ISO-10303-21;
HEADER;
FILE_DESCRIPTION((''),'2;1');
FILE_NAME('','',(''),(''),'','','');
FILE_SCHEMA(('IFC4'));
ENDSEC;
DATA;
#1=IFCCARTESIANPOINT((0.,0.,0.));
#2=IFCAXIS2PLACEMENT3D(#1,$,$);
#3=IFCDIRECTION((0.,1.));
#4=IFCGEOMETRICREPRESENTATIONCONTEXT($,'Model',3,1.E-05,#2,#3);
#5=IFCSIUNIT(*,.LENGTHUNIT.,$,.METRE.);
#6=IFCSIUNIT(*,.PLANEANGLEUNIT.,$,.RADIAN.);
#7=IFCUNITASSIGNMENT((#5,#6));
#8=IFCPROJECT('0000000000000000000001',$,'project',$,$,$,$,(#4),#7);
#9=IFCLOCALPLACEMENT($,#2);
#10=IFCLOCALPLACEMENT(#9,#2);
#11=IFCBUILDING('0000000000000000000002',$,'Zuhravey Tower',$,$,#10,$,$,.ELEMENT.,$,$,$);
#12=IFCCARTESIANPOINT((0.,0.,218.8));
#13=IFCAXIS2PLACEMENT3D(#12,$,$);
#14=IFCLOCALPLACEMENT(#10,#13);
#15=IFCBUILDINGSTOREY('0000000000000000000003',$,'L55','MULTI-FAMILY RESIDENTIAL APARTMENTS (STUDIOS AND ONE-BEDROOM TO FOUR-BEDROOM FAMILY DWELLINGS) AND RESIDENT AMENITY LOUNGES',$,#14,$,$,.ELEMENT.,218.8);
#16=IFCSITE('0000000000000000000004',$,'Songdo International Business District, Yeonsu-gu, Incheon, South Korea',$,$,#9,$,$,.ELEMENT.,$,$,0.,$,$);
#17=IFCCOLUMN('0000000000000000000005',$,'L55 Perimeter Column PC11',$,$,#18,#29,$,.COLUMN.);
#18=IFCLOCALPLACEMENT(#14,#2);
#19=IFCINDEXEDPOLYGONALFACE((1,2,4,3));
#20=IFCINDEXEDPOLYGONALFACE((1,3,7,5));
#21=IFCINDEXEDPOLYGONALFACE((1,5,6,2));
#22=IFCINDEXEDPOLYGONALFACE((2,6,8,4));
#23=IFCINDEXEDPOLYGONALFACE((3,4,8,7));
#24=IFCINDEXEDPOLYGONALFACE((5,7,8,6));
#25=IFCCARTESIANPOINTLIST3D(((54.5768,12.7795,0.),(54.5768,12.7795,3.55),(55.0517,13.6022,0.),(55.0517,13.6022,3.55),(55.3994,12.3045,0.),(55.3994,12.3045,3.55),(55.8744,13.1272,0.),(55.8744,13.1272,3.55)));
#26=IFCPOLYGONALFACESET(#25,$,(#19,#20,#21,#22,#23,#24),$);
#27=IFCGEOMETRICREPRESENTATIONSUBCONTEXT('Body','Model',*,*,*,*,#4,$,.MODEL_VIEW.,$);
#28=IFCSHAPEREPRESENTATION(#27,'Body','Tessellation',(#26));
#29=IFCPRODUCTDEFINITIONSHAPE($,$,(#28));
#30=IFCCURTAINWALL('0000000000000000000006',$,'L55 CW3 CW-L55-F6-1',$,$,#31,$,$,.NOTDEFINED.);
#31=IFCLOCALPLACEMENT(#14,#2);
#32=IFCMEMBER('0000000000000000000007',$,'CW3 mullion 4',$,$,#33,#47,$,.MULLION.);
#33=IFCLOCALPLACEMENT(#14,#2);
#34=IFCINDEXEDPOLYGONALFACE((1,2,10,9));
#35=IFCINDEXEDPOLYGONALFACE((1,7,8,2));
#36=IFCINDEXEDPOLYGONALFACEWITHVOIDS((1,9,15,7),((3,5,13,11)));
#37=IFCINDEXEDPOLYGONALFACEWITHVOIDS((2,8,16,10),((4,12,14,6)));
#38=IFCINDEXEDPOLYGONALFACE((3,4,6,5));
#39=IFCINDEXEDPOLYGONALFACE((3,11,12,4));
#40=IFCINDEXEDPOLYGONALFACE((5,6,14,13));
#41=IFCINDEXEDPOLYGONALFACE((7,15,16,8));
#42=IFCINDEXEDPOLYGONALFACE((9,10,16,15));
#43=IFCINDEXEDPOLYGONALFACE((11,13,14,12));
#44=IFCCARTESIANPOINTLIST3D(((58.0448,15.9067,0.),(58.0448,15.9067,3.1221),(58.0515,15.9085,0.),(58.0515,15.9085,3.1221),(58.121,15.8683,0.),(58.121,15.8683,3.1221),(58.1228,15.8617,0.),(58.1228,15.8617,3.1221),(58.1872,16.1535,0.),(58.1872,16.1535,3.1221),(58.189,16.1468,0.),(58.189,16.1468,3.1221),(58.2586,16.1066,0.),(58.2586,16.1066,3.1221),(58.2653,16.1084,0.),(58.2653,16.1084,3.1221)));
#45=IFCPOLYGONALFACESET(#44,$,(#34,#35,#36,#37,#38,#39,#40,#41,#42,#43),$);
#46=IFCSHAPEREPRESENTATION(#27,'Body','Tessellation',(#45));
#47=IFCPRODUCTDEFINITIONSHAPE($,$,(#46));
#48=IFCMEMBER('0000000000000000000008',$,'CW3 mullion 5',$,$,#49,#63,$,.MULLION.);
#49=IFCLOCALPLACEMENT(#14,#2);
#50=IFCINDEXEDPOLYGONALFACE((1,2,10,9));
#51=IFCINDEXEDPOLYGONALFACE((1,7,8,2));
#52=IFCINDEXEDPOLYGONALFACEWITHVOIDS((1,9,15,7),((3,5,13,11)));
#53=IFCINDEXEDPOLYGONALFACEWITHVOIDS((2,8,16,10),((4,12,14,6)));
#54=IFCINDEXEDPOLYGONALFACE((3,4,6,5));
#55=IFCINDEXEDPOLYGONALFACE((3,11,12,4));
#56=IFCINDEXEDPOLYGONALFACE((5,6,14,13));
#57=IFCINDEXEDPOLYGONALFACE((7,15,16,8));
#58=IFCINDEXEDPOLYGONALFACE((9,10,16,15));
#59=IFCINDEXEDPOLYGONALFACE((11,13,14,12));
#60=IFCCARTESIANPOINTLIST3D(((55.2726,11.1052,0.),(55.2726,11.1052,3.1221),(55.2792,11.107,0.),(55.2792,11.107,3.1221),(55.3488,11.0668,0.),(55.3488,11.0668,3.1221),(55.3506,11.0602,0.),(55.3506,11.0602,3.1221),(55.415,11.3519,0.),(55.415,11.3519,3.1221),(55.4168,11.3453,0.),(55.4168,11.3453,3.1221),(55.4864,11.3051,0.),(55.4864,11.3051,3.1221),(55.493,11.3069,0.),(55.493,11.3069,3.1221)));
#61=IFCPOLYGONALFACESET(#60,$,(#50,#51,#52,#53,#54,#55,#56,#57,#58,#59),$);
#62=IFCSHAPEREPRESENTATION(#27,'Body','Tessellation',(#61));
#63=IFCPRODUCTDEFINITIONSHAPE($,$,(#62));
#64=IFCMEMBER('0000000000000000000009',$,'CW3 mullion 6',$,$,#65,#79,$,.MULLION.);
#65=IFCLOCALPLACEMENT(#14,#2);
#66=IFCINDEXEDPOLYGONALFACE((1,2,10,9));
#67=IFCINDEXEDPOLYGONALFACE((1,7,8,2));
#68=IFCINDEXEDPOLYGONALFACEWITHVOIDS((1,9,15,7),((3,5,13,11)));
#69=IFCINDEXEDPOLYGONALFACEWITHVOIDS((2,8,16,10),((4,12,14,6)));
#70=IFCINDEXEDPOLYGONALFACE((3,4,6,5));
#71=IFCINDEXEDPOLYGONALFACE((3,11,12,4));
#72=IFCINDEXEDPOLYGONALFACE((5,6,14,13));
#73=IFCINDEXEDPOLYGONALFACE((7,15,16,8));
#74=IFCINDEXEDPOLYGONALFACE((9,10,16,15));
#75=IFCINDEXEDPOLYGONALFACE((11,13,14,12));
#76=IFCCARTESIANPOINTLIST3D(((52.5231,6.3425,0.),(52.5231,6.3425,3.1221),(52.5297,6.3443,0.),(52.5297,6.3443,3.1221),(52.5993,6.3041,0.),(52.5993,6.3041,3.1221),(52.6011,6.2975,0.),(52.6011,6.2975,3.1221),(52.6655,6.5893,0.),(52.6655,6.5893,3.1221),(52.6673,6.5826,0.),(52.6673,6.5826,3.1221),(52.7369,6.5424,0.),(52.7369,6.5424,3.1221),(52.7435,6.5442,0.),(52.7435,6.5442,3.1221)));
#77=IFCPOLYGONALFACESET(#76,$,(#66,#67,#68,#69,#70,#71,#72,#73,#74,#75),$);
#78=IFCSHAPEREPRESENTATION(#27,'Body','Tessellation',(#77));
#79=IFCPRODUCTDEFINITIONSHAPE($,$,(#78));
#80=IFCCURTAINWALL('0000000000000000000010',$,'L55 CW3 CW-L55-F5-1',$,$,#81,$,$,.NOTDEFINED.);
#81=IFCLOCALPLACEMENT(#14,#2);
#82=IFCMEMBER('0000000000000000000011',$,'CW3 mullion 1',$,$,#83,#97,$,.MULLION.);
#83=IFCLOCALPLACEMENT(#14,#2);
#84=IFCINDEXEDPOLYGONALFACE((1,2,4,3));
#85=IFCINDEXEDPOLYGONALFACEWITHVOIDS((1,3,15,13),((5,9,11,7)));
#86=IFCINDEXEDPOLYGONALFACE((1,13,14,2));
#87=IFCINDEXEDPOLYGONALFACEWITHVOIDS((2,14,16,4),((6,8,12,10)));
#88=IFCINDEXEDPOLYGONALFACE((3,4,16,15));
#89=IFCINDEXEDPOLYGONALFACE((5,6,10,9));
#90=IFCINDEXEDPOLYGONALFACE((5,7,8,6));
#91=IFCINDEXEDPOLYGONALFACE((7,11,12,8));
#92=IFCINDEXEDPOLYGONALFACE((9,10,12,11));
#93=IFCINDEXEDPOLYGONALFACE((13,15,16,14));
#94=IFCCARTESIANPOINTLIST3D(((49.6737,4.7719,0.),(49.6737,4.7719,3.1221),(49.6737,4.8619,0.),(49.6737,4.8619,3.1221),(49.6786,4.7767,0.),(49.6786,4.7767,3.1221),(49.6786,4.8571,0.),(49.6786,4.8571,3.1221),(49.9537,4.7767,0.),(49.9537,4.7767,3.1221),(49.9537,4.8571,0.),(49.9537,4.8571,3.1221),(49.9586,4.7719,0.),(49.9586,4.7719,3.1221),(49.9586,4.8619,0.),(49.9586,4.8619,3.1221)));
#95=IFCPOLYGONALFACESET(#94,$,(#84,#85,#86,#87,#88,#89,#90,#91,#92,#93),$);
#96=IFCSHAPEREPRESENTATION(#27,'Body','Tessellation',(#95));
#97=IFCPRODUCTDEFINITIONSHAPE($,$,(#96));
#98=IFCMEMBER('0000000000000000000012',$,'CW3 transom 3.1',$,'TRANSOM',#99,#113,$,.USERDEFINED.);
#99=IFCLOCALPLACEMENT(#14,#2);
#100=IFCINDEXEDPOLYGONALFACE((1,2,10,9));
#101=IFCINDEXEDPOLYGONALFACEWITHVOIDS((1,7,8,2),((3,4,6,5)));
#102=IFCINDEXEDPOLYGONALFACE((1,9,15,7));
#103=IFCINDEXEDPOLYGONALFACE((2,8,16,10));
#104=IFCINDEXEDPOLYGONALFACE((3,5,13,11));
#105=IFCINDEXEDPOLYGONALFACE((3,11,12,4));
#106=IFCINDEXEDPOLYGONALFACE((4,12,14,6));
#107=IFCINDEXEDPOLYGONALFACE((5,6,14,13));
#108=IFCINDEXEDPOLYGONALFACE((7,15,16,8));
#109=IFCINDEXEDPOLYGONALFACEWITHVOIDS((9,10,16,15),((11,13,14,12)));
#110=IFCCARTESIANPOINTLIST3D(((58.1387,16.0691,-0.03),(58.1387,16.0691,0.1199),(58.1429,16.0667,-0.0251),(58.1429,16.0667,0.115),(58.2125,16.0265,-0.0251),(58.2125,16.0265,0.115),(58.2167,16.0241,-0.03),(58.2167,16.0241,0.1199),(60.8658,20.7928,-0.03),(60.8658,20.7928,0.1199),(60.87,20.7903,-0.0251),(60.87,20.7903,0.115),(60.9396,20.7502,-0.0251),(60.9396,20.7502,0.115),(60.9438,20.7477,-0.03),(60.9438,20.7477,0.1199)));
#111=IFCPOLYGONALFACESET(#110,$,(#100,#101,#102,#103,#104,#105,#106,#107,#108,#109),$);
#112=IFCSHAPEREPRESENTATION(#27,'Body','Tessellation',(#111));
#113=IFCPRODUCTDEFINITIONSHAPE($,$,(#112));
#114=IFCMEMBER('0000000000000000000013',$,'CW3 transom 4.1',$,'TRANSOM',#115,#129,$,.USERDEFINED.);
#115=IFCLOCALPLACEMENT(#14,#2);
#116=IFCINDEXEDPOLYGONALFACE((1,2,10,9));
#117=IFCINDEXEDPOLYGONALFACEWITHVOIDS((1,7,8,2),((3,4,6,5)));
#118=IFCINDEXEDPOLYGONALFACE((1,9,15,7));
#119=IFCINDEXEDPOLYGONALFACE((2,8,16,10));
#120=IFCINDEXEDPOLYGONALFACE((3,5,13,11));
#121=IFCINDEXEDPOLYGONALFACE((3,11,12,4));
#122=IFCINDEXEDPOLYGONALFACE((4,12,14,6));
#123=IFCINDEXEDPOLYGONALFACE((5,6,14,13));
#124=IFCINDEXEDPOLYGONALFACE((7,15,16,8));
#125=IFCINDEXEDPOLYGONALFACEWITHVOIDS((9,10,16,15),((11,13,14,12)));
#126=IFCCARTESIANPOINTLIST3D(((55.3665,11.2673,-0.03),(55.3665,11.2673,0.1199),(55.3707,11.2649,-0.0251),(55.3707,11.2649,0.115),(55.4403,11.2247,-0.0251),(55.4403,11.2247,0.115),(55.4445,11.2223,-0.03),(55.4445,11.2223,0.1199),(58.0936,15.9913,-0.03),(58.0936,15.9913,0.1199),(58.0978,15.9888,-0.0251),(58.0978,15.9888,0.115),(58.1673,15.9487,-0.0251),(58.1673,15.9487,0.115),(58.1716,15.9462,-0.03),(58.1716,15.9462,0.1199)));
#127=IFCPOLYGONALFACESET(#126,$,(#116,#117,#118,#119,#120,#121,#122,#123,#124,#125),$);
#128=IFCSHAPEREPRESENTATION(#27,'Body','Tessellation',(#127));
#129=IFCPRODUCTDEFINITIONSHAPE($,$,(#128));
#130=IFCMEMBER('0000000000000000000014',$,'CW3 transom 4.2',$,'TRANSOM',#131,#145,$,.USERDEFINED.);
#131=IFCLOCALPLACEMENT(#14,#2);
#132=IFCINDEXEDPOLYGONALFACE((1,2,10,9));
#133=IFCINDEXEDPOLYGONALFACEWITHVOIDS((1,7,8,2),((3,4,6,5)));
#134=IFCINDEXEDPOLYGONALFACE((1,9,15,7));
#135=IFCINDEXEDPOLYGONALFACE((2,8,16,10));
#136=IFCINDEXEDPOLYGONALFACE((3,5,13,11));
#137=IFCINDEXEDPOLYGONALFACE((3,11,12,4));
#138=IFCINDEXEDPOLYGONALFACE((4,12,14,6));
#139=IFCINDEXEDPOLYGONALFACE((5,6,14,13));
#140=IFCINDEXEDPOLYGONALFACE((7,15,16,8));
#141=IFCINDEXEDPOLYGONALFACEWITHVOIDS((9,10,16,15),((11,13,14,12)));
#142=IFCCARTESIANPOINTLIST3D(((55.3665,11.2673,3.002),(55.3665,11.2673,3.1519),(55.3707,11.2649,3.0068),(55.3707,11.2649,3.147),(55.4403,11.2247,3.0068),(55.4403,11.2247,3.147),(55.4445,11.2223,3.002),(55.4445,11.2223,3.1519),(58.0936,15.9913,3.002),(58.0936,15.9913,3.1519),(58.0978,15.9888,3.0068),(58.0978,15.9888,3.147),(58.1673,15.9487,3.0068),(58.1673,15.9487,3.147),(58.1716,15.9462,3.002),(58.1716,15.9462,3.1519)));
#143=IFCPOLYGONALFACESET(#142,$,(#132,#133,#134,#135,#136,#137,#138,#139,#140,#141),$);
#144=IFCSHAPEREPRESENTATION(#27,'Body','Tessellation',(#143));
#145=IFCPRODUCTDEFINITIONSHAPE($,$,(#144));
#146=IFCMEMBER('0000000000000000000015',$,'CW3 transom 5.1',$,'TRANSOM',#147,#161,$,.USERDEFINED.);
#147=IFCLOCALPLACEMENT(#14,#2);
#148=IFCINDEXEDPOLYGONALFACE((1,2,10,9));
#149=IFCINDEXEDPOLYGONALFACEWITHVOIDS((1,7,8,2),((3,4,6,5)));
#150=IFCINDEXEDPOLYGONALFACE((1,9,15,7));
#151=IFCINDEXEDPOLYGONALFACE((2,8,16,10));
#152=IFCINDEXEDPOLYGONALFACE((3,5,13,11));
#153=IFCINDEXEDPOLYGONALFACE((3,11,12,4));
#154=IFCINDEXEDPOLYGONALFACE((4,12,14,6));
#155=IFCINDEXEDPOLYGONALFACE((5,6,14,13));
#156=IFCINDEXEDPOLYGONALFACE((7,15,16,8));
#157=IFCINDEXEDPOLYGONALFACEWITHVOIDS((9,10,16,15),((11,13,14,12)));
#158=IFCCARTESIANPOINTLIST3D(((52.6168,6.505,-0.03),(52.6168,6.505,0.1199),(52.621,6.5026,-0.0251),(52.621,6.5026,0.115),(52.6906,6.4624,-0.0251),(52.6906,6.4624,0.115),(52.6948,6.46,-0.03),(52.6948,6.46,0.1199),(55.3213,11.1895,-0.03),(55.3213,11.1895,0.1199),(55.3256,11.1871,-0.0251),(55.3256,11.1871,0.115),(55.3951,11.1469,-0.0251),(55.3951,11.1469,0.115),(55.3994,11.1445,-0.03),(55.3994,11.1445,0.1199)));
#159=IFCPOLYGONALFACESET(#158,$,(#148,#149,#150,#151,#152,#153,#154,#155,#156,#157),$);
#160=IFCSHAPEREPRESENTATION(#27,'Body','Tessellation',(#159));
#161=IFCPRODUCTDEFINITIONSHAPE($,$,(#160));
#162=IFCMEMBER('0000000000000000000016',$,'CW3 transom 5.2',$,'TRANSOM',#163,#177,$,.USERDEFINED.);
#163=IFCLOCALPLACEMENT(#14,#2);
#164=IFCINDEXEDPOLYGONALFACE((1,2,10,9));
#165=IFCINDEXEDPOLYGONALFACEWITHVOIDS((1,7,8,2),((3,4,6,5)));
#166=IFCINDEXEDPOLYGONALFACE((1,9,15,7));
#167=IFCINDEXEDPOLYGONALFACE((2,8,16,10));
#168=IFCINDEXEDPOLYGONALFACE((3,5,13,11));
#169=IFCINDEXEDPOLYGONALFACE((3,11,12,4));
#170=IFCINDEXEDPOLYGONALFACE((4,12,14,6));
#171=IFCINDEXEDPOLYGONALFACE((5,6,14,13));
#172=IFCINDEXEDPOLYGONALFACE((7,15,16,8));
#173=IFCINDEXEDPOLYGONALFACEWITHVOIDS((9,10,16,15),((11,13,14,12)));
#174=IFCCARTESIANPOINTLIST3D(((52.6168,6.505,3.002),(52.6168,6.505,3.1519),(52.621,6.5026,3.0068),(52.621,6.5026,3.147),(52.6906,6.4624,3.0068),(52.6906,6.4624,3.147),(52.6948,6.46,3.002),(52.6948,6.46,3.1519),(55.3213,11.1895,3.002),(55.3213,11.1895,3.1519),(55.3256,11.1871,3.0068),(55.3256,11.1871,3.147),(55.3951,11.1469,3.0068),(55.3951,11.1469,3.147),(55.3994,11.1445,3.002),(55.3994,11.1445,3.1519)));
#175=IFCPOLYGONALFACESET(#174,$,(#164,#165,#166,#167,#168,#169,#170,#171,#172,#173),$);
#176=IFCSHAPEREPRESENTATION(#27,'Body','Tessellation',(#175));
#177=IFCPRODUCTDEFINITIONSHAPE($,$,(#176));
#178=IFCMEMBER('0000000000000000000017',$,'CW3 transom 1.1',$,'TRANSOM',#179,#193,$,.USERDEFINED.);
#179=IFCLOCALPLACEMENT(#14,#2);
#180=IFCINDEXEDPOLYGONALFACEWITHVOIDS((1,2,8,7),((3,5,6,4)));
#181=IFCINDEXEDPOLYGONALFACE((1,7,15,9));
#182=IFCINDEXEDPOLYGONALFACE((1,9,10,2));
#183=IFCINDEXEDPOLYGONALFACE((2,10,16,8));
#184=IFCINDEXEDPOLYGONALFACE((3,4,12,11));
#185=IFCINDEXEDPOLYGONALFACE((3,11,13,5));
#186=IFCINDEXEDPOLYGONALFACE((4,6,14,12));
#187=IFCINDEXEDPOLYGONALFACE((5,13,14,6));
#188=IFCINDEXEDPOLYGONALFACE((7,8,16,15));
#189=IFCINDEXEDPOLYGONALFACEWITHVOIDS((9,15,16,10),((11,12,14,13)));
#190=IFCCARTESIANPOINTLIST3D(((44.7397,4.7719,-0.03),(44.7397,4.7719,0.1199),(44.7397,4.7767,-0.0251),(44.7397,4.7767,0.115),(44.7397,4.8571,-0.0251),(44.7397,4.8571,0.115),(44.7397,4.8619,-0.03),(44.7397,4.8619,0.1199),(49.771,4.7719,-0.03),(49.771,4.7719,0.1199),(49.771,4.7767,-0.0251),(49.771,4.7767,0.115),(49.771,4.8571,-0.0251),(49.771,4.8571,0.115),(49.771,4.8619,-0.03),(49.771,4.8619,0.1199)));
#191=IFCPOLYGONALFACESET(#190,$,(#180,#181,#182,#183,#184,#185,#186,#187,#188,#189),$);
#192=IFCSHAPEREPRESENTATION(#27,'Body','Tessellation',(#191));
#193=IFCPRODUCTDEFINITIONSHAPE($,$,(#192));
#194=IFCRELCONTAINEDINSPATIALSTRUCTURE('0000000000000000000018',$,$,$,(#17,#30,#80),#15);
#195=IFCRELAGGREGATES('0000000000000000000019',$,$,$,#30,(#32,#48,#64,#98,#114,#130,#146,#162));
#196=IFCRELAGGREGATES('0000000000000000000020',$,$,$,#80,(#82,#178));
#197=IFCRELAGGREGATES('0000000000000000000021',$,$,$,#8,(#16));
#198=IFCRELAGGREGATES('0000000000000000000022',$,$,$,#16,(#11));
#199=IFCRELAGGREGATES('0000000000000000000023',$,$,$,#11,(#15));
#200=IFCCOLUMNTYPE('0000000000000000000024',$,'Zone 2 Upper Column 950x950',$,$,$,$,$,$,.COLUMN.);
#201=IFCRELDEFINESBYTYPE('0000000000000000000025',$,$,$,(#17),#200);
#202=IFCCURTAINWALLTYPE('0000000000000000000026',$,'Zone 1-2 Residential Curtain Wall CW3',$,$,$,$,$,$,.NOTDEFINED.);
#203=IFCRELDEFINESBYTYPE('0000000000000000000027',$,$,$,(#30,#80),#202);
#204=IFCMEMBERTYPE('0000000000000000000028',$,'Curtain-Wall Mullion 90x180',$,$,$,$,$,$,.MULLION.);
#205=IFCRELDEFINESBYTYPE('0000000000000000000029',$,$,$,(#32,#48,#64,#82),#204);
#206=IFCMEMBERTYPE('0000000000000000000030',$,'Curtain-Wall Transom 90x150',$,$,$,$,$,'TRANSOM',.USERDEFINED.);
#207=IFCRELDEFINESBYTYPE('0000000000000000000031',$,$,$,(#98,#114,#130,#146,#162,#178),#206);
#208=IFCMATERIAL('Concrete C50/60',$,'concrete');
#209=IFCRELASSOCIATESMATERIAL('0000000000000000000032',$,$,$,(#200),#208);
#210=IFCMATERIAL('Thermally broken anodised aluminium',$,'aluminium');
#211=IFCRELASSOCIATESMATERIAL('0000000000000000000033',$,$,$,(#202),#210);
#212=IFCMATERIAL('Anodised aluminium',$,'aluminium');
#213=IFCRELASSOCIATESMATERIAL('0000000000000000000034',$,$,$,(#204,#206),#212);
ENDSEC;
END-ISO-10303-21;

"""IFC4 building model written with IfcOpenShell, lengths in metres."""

from ifc_helpers import new_model, si_unit, direction, frame, origin, origin_2d, place, context, subcontext, project, spatial, rectangle, hollow_rectangle, extrude, material, material_profile, profile_set, type_object, element, aggregate, save


model = new_model("IFC4")

# Units and contexts
model_context = context("Model", 3, precision=1e-05, world=origin(), true_north=direction((0.0, 1.0)))
body_context = subcontext(model_context, "Body", "Model", "MODEL_VIEW")
ifc_project = project(units=[si_unit("LENGTHUNIT", "METRE"), si_unit("PLANEANGLEUNIT", "RADIAN")], contexts=[model_context])

# Site, building, storey
site_placement = place(None, origin())
site = spatial("IfcSite", under=ifc_project, at=site_placement, Name="Songdo International Business District, Yeonsu-gu, Incheon, South Korea", CompositionType="ELEMENT", RefElevation=0.0)
building_placement = place(site_placement, origin())
building = spatial("IfcBuilding", under=site, at=building_placement, Name="Zuhravey Tower", CompositionType="ELEMENT")
storey_placement = place(building_placement, frame((0.0, 0.0, 218.8)))
storey = spatial("IfcBuildingStorey", under=building, at=storey_placement, Name="L55", Description="MULTI-FAMILY RESIDENTIAL APARTMENTS (STUDIOS AND ONE-BEDROOM TO FOUR-BEDROOM FAMILY DWELLINGS) AND RESIDENT AMENITY LOUNGES", CompositionType="ELEMENT", Elevation=218.8)

# Column
ifc_material_1 = material(Name="Concrete C50/60", Category="concrete")
ifc_material_profile_1 = material_profile(ifc_material_1, rectangle(XDim=0.95, YDim=0.95, at=origin_2d()), Name="RC-950x950")
ifc_profile_set_1 = profile_set([ifc_material_profile_1], Name="Concrete C50/60")
column_type = type_object("IfcColumnType", Name="Zone 2 Upper Column 950x950", PredefinedType="COLUMN", material=ifc_profile_set_1)
column_placement = place(storey_placement, frame((55.2256, 12.9534, 0.0), z_axis=(0.0, 0.0, 1.0), x_axis=(0.5, 0.866025, 0.0)))
element("IfcColumn", 1, at=column_placement, inside=storey, type_object=column_type, Name="L55 Perimeter Column PC11", PredefinedType="COLUMN", context=body_context, shape_type="SweptSolid", body=[
    extrude(rectangle(XDim=0.95, YDim=0.95, at=origin_2d()), origin(), (0.0, 0.0, 1.0), 3.55),
])

# Curtain wall, members
ifc_material_2 = material(Name="Thermally broken anodised aluminium", Category="aluminium")
curtain_wall_type = type_object("IfcCurtainWallType", Name="Zone 1-2 Residential Curtain Wall CW3", PredefinedType="NOTDEFINED", material=ifc_material_2)
curtain_wall_1_placement = place(storey_placement, origin())
curtain_wall_1 = element("IfcCurtainWall", 2, at=curtain_wall_1_placement, inside=storey, type_object=curtain_wall_type, Name="L55 CW3 CW-L55-F6-1", PredefinedType="NOTDEFINED")
ifc_material_3 = material(Name="Anodised aluminium", Category="aluminium")
ifc_material_profile_2 = material_profile(ifc_material_3, hollow_rectangle(XDim=0.0901, YDim=0.2849, WallThickness=0.0049, at=origin_2d()), Name="ALU-RHS-90x285x5")
ifc_profile_set_2 = profile_set([ifc_material_profile_2], Name="Anodised aluminium")
member_type_1 = type_object("IfcMemberType", Name="Curtain-Wall Mullion 90x180", PredefinedType="MULLION", material=ifc_profile_set_2)
member_1_placement = place(storey_placement, frame((58.155, 16.0076, 0.0), z_axis=(0.0, 0.0, 1.0), x_axis=(0.866025, -0.5, 0.0)))
member_1 = element("IfcMember", 3, at=member_1_placement, type_object=member_type_1, Name="CW3 mullion 4", PredefinedType="MULLION", context=body_context, shape_type="SweptSolid", body=[
    extrude(hollow_rectangle(XDim=0.0901, YDim=0.2849, WallThickness=0.0049, at=origin_2d()), origin(), (0.0, 0.0, 1.0), 3.1221),
])
member_2_placement = place(storey_placement, frame((55.3828, 11.2061, 0.0), z_axis=(0.0, 0.0, 1.0), x_axis=(0.866025, -0.5, 0.0)))
member_2 = element("IfcMember", 4, at=member_2_placement, type_object=member_type_1, Name="CW3 mullion 5", PredefinedType="MULLION", context=body_context, shape_type="SweptSolid", body=[
    extrude(hollow_rectangle(XDim=0.0901, YDim=0.2849, WallThickness=0.0049, at=origin_2d()), origin(), (0.0, 0.0, 1.0), 3.1221),
])
member_3_placement = place(storey_placement, frame((52.6333, 6.4434, 0.0), z_axis=(0.0, 0.0, 1.0), x_axis=(0.866025, -0.5, 0.0)))
member_3 = element("IfcMember", 5, at=member_3_placement, type_object=member_type_1, Name="CW3 mullion 6", PredefinedType="MULLION", context=body_context, shape_type="SweptSolid", body=[
    extrude(hollow_rectangle(XDim=0.0901, YDim=0.2849, WallThickness=0.0049, at=origin_2d()), origin(), (0.0, 0.0, 1.0), 3.1221),
])

# Curtain wall, member
curtain_wall_2_placement = place(storey_placement, origin())
curtain_wall_2 = element("IfcCurtainWall", 6, at=curtain_wall_2_placement, inside=storey, type_object=curtain_wall_type, Name="L55 CW3 CW-L55-F5-1", PredefinedType="NOTDEFINED")
member_4_placement = place(storey_placement, frame((49.8162, 4.8169, 0.0), z_axis=(0.0, 0.0, 1.0), x_axis=(0.0, -1.0, 0.0)))
member_4 = element("IfcMember", 7, at=member_4_placement, type_object=member_type_1, Name="CW3 mullion 1", PredefinedType="MULLION", context=body_context, shape_type="SweptSolid", body=[
    extrude(hollow_rectangle(XDim=0.0901, YDim=0.2849, WallThickness=0.0049, at=origin_2d()), origin(), (0.0, 0.0, 1.0), 3.1221),
])

# Members
ifc_material_profile_3 = material_profile(ifc_material_3, hollow_rectangle(XDim=0.0901, YDim=0.1499, WallThickness=0.0049, at=origin_2d()), Name="ALU-RHS-90x150x5")
ifc_profile_set_3 = profile_set([ifc_material_profile_3], Name="Anodised aluminium")
member_type_2 = type_object("IfcMemberType", Name="Curtain-Wall Transom 90x150", ElementType="TRANSOM", PredefinedType="USERDEFINED", material=ifc_profile_set_3)
member_5_placement = place(storey_placement, frame((60.9048, 20.7703, 0.0449), z_axis=(-0.499981, -0.866037, 0.0), x_axis=(0.866037, -0.499981, 0.0)))
member_5 = element("IfcMember", 8, at=member_5_placement, type_object=member_type_2, Name="CW3 transom 3.1", ObjectType="TRANSOM", PredefinedType="USERDEFINED", context=body_context, shape_type="SweptSolid", body=[
    extrude(hollow_rectangle(XDim=0.0901, YDim=0.1499, WallThickness=0.0049, at=origin_2d()), origin(), (0.0, 0.0, 1.0), 5.4543),
])
member_6_placement = place(storey_placement, frame((58.1326, 15.9688, 0.0449), z_axis=(-0.499961, -0.866048, 0.0), x_axis=(0.866048, -0.499961, 0.0)))
member_6 = element("IfcMember", 9, at=member_6_placement, type_object=member_type_2, Name="CW3 transom 4.1", ObjectType="TRANSOM", PredefinedType="USERDEFINED", context=body_context, shape_type="SweptSolid", body=[
    extrude(hollow_rectangle(XDim=0.0901, YDim=0.1499, WallThickness=0.0049, at=origin_2d()), origin(), (0.0, 0.0, 1.0), 5.4546),
])
member_7_placement = place(storey_placement, frame((58.1326, 15.9688, 3.0769), z_axis=(-0.499961, -0.866048, 0.0), x_axis=(0.866048, -0.499961, 0.0)))
member_7 = element("IfcMember", 10, at=member_7_placement, type_object=member_type_2, Name="CW3 transom 4.2", ObjectType="TRANSOM", PredefinedType="USERDEFINED", context=body_context, shape_type="SweptSolid", body=[
    extrude(hollow_rectangle(XDim=0.0901, YDim=0.1499, WallThickness=0.0049, at=origin_2d()), origin(), (0.0, 0.0, 1.0), 5.4546),
])
member_8_placement = place(storey_placement, frame((55.3604, 11.167, 0.0449), z_axis=(-0.499993, -0.866029, 0.0), x_axis=(0.866029, -0.499993, 0.0)))
member_8 = element("IfcMember", 11, at=member_8_placement, type_object=member_type_2, Name="CW3 transom 5.1", ObjectType="TRANSOM", PredefinedType="USERDEFINED", context=body_context, shape_type="SweptSolid", body=[
    extrude(hollow_rectangle(XDim=0.0901, YDim=0.1499, WallThickness=0.0049, at=origin_2d()), origin(), (0.0, 0.0, 1.0), 5.4092),
])
member_9_placement = place(storey_placement, frame((55.3604, 11.167, 3.0769), z_axis=(-0.499993, -0.866029, 0.0), x_axis=(0.866029, -0.499993, 0.0)))
member_9 = element("IfcMember", 12, at=member_9_placement, type_object=member_type_2, Name="CW3 transom 5.2", ObjectType="TRANSOM", PredefinedType="USERDEFINED", context=body_context, shape_type="SweptSolid", body=[
    extrude(hollow_rectangle(XDim=0.0901, YDim=0.1499, WallThickness=0.0049, at=origin_2d()), origin(), (0.0, 0.0, 1.0), 5.4092),
])
member_10_placement = place(storey_placement, frame((49.771, 4.8169, 0.0449), z_axis=(-1.0, 0.0, 0.0), x_axis=(0.0, -1.0, 0.0)))
member_10 = element("IfcMember", 13, at=member_10_placement, type_object=member_type_2, Name="CW3 transom 1.1", ObjectType="TRANSOM", PredefinedType="USERDEFINED", context=body_context, shape_type="SweptSolid", body=[
    extrude(hollow_rectangle(XDim=0.0901, YDim=0.1499, WallThickness=0.0049, at=origin_2d()), origin(), (0.0, 0.0, 1.0), 5.0312),
])

aggregate(curtain_wall_1, [member_1, member_2, member_3, member_5, member_6, member_7, member_8, member_9])
aggregate(curtain_wall_2, [member_4, member_10])

save(model, "model.ifc")
